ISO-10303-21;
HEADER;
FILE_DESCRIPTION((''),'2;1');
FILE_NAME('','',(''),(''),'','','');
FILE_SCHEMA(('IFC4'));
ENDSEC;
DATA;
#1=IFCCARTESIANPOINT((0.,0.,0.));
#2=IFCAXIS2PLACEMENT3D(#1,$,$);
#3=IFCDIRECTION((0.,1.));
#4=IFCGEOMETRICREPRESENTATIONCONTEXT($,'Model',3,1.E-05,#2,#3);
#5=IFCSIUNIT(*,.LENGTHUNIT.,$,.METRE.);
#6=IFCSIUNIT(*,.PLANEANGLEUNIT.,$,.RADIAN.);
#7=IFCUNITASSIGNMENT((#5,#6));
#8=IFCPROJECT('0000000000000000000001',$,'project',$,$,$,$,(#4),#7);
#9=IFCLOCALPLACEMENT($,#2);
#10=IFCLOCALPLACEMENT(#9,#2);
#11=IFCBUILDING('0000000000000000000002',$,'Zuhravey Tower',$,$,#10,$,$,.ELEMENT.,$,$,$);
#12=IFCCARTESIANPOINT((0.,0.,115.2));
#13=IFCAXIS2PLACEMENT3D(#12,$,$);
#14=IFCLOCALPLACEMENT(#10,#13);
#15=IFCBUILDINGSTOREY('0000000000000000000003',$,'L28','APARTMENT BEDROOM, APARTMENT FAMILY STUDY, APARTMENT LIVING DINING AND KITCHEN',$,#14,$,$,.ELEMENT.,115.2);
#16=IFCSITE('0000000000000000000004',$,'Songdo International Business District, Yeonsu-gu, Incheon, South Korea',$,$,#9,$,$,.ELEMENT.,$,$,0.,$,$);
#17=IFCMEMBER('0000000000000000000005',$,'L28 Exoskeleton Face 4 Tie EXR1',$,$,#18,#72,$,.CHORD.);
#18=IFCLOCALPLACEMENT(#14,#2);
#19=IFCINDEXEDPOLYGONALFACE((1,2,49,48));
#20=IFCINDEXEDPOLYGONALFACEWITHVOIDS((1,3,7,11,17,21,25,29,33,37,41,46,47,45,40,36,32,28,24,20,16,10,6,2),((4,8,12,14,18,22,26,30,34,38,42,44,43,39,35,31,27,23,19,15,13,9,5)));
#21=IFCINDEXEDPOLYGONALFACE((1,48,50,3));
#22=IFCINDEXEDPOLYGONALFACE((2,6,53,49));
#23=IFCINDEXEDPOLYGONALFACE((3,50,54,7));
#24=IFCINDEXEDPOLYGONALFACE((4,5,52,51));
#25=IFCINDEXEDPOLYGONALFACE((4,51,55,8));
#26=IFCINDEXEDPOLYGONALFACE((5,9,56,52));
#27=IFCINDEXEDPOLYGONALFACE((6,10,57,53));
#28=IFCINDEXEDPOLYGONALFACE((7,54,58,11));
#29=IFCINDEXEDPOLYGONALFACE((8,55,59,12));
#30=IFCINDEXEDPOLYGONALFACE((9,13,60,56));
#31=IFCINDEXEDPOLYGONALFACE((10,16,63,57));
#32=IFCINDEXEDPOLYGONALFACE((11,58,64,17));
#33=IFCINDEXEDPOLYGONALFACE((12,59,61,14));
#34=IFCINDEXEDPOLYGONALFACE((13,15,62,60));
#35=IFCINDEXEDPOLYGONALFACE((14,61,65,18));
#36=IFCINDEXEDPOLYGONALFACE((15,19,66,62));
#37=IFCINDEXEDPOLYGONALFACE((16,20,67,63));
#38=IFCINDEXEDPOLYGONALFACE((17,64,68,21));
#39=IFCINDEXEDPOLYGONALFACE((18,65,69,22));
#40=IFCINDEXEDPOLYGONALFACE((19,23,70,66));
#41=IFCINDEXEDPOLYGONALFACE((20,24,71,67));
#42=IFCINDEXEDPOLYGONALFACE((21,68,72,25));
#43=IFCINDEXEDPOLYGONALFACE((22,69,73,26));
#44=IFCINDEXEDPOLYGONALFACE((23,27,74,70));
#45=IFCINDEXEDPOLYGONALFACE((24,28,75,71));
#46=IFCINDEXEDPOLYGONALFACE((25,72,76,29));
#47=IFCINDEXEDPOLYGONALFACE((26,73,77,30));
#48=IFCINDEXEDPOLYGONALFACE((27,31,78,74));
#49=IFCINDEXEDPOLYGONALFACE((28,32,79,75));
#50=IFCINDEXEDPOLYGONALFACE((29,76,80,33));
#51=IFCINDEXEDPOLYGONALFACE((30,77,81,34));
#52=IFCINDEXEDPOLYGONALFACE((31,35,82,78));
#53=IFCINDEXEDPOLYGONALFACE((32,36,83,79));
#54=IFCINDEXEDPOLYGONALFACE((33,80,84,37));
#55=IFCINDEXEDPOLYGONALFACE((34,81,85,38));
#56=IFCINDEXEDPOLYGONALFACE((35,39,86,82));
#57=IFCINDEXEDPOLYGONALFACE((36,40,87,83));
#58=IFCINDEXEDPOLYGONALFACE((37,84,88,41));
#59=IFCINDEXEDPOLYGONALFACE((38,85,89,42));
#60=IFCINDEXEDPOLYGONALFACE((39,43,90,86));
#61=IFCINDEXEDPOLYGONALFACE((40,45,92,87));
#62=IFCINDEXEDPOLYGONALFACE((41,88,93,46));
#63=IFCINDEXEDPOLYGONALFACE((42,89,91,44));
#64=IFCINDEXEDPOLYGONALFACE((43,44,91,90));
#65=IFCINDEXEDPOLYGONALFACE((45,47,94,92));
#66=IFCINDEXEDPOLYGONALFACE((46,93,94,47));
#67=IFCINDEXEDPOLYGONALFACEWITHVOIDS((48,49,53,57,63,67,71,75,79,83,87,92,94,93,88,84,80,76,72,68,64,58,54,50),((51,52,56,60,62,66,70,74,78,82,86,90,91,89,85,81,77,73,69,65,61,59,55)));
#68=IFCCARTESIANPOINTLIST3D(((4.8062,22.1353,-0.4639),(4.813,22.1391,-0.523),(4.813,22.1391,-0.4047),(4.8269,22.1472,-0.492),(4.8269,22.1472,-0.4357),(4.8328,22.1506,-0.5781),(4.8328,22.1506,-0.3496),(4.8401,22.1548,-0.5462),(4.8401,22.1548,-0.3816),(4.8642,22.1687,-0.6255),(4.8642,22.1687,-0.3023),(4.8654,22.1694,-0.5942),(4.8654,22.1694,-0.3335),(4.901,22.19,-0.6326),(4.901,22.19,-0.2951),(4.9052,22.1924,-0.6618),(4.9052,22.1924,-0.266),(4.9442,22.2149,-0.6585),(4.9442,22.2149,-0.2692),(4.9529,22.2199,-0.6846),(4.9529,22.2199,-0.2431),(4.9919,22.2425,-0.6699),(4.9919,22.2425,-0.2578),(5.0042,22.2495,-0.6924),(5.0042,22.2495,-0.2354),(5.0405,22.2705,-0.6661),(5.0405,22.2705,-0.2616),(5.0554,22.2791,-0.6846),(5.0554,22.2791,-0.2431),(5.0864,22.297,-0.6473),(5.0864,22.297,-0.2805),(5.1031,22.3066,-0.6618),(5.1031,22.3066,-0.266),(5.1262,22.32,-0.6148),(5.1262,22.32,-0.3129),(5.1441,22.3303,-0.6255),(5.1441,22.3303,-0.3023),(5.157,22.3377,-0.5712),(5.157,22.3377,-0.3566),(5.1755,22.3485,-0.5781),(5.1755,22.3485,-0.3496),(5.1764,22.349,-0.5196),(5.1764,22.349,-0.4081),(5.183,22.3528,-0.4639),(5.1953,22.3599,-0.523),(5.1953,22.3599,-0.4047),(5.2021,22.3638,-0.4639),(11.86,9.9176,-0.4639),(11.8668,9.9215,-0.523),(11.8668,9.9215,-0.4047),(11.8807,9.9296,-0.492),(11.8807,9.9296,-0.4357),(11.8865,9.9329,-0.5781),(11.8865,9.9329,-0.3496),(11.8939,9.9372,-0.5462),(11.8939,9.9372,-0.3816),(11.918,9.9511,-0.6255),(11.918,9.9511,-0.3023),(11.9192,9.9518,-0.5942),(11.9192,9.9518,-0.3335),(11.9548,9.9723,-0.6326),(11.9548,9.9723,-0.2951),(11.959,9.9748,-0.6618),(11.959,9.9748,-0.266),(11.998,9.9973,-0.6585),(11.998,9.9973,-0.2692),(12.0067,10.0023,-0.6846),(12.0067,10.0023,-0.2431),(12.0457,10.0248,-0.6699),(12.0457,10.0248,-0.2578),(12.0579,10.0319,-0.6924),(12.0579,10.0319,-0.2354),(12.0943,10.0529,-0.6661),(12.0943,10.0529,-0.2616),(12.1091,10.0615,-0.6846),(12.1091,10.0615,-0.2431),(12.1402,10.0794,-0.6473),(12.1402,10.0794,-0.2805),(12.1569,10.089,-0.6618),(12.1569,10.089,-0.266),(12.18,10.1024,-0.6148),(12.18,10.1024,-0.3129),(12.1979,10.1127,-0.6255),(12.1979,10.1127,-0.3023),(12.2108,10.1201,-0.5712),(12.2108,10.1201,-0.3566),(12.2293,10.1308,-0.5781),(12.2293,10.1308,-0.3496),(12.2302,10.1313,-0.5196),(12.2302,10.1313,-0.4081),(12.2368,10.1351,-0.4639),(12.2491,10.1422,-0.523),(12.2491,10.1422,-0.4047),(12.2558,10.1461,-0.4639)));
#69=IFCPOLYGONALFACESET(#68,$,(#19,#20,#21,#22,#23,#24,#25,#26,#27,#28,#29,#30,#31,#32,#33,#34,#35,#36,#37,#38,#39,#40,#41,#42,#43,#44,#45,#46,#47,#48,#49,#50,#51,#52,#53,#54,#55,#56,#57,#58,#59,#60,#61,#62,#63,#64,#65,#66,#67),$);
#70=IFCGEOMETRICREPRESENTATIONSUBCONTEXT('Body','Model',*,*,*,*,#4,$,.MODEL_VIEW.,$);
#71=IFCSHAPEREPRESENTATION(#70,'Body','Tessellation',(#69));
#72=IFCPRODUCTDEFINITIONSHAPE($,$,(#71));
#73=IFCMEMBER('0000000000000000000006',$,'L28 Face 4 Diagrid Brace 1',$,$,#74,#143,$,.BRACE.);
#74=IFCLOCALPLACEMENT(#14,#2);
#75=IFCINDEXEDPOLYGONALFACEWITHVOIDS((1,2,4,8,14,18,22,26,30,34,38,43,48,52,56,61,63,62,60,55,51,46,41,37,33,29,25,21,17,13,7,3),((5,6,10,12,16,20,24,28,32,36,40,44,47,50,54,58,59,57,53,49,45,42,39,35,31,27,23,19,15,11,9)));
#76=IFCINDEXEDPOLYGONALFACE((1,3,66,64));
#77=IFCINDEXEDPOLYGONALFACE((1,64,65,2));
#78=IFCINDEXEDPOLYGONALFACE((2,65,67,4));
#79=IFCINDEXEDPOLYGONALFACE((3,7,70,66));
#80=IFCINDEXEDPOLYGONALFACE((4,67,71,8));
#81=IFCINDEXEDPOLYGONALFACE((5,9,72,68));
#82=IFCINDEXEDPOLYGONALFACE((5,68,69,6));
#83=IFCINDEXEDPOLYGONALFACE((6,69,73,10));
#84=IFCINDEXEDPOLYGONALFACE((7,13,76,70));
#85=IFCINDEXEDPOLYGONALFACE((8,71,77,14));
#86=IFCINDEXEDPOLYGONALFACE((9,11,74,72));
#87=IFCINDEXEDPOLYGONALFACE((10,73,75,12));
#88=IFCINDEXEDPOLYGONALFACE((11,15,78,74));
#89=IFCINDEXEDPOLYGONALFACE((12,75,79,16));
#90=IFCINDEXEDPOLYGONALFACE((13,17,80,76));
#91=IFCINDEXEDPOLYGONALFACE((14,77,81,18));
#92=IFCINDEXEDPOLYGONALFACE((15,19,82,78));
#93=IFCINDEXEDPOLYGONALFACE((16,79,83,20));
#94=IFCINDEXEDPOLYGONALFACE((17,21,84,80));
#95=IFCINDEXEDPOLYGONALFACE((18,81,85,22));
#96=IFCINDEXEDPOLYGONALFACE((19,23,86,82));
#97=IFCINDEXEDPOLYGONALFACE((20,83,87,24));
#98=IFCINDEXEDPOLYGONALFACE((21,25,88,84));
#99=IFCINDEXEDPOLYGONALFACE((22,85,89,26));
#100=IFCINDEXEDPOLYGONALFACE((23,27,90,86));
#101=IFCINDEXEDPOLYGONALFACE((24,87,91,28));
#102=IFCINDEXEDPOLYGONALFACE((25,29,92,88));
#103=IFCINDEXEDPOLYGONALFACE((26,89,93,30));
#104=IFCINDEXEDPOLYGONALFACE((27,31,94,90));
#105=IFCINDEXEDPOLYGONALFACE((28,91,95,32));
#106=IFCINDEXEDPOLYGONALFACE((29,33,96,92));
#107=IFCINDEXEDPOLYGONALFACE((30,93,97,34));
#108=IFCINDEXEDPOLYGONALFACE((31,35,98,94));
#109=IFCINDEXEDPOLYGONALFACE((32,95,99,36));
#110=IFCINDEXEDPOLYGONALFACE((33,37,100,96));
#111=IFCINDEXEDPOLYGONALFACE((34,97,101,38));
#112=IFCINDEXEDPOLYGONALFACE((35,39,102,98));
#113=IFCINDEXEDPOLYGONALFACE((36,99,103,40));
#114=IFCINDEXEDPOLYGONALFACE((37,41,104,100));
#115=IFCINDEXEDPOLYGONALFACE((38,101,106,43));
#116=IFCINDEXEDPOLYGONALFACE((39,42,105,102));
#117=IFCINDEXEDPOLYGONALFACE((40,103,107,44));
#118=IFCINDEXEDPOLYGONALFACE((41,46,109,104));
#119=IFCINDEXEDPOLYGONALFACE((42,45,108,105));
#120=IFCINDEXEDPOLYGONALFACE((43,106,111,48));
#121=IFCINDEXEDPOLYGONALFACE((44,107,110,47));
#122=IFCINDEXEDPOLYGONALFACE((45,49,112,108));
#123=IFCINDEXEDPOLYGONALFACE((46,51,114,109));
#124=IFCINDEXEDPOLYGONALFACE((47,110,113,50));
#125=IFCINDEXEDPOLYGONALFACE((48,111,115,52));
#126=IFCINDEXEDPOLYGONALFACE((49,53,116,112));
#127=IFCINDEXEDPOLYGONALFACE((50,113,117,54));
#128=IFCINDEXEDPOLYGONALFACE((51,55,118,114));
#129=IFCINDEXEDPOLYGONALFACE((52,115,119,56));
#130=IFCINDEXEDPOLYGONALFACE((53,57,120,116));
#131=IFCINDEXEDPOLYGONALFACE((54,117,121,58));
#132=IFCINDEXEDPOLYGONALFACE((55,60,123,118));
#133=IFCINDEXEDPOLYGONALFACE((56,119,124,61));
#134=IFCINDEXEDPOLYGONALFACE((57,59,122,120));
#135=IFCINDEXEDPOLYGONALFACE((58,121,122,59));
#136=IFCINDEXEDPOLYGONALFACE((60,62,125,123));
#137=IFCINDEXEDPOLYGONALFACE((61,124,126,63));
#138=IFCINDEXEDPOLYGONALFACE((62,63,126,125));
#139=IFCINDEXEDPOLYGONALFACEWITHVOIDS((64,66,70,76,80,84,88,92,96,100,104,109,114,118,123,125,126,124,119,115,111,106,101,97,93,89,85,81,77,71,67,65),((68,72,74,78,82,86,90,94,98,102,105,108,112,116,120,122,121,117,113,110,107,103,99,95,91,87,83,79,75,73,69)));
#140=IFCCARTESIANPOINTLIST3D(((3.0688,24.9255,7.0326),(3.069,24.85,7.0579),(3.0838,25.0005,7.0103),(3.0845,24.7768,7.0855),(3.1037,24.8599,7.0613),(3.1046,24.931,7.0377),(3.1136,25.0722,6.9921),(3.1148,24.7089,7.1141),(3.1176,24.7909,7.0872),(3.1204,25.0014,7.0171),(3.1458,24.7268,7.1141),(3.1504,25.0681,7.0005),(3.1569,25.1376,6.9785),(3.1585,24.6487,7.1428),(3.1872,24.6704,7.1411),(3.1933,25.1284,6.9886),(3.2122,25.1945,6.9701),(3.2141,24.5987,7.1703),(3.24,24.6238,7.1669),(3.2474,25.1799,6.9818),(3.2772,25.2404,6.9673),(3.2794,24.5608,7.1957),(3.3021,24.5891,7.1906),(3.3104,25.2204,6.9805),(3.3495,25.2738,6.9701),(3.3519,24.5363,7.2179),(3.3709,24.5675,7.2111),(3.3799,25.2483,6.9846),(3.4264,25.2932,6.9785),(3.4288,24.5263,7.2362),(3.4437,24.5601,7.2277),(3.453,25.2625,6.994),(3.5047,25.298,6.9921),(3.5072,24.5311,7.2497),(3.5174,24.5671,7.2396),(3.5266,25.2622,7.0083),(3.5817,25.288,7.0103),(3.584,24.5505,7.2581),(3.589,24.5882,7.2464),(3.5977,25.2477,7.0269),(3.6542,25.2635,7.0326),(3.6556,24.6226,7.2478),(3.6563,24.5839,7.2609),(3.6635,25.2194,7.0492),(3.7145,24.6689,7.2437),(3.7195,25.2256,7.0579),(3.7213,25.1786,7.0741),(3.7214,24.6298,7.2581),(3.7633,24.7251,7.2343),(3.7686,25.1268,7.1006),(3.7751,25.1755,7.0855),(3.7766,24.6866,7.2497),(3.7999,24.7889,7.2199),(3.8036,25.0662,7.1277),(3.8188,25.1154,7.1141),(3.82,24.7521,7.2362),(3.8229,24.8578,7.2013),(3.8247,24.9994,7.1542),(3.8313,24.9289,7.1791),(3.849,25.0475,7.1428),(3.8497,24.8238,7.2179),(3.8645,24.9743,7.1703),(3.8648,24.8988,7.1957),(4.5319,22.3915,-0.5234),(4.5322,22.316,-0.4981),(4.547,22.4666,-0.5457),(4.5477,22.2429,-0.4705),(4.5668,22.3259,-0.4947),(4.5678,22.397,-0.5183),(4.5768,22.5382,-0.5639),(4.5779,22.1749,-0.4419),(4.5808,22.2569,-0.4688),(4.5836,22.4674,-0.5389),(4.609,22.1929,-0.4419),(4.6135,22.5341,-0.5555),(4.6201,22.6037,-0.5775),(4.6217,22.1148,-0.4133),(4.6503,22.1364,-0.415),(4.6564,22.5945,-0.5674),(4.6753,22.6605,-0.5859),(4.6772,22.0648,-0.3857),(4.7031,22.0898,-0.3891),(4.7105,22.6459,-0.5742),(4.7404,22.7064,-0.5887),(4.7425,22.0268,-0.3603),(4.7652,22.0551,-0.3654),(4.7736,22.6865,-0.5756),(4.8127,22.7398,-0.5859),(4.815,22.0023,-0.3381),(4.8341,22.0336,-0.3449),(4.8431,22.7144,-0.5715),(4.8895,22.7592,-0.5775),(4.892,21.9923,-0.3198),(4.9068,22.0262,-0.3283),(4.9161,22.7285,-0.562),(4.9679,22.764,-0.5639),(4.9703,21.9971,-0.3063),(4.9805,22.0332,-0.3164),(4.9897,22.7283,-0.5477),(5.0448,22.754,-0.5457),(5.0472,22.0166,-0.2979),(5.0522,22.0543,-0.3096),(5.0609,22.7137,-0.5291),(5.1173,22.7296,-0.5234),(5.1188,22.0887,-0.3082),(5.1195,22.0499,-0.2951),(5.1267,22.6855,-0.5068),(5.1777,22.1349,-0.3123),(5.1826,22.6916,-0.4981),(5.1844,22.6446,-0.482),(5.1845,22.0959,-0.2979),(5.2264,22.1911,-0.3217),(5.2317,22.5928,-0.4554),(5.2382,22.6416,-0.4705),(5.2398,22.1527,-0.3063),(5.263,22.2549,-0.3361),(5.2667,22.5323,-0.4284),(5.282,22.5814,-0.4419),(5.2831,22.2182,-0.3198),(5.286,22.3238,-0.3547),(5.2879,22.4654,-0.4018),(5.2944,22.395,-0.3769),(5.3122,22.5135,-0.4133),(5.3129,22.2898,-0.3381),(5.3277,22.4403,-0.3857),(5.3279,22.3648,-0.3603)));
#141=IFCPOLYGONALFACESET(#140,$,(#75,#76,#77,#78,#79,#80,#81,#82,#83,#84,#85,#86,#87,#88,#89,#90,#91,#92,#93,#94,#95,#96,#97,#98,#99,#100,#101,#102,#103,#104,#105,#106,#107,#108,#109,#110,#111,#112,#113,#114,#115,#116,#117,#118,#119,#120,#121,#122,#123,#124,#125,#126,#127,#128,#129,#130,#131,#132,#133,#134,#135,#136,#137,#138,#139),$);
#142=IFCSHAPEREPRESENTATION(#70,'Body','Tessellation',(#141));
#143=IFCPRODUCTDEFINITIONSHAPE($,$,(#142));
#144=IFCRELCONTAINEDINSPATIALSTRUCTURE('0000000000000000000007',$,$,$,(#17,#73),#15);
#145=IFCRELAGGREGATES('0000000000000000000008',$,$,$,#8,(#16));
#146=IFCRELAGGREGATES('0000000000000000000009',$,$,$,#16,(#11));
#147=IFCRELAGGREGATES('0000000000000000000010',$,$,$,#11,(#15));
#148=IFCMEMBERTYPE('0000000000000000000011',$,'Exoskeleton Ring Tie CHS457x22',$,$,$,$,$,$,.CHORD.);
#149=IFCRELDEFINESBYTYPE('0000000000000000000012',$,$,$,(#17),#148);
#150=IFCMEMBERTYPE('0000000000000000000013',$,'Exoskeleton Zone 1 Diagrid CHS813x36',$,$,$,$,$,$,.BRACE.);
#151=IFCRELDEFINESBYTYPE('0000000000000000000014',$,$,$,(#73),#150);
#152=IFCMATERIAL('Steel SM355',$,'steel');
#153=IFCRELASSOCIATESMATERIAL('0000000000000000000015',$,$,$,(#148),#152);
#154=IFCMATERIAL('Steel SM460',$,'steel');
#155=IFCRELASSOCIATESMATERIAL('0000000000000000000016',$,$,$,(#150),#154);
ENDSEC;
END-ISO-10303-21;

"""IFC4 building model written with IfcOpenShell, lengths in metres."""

from ifc_helpers import new_model, si_unit, direction, frame, origin, origin_2d, place, context, subcontext, project, spatial, hollow_circle, extrude, material, material_profile, profile_set, type_object, element, save


model = new_model("IFC4")

# Units and contexts
model_context = context("Model", 3, precision=1e-05, world=origin(), true_north=direction((0.0, 1.0)))
body_context = subcontext(model_context, "Body", "Model", "MODEL_VIEW")
ifc_project = project(units=[si_unit("LENGTHUNIT", "METRE"), si_unit("PLANEANGLEUNIT", "RADIAN")], contexts=[model_context])

# Site, building, storey
site_placement = place(None, origin())
site = spatial("IfcSite", under=ifc_project, at=site_placement, Name="Songdo International Business District, Yeonsu-gu, Incheon, South Korea", CompositionType="ELEMENT", RefElevation=0.0)
building_placement = place(site_placement, origin())
building = spatial("IfcBuilding", under=site, at=building_placement, Name="Zuhravey Tower", CompositionType="ELEMENT")
storey_placement = place(building_placement, frame((0.0, 0.0, 115.2)))
storey = spatial("IfcBuildingStorey", under=building, at=storey_placement, Name="L28", Description="APARTMENT BEDROOM, APARTMENT FAMILY STUDY, APARTMENT LIVING DINING AND KITCHEN", CompositionType="ELEMENT", Elevation=115.2)

# Members
ifc_material_1 = material(Name="Steel SM355", Category="steel")
ifc_material_profile_1 = material_profile(ifc_material_1, hollow_circle(Radius=0.2285, WallThickness=0.022, at=origin_2d()), Name="CHS-457.2x22")
ifc_profile_set_1 = profile_set([ifc_material_profile_1], Name="Steel SM355")
member_type_1 = type_object("IfcMemberType", Name="Exoskeleton Ring Tie CHS457x22", PredefinedType="CHORD", material=ifc_profile_set_1)
member_1_placement = place(storey_placement, frame((5.0042, 22.2495, -0.4639), z_axis=(0.499996, -0.866028, 0.0), x_axis=(0.866028, 0.499996, 0.0)))
element("IfcMember", 1, at=member_1_placement, inside=storey, type_object=member_type_1, Name="L28 Exoskeleton Face 4 Tie EXR1", PredefinedType="CHORD", context=body_context, shape_type="SweptSolid", body=[
    extrude(hollow_circle(Radius=0.2285, WallThickness=0.022, at=origin_2d()), origin(), (0.0, 0.0, 1.0), 14.1077),
])
ifc_material_2 = material(Name="Steel SM460", Category="steel")
ifc_material_profile_2 = material_profile(ifc_material_2, hollow_circle(Radius=0.4065, WallThickness=0.0359, at=origin_2d()), Name="CHS-812.8x36")
ifc_profile_set_2 = profile_set([ifc_material_profile_2], Name="Steel SM460")
member_type_2 = type_object("IfcMemberType", Name="Exoskeleton Zone 1 Diagrid CHS813x36", PredefinedType="BRACE", material=ifc_profile_set_2)
member_2_placement = place(storey_placement, frame((4.9299, 22.3782, -0.4419), z_axis=(-0.180574, 0.312728, 0.93252), x_axis=(-0.866001, -0.500043, 0.0)))
element("IfcMember", 2, at=member_2_placement, inside=storey, type_object=member_type_2, Name="L28 Face 4 Diagrid Brace 1", PredefinedType="BRACE", context=body_context, shape_type="SweptSolid", body=[
    extrude(hollow_circle(Radius=0.4065, WallThickness=0.0359, at=origin_2d()), origin(), (0.0, 0.0, 1.0), 8.1028),
])

save(model, "model.ifc")
